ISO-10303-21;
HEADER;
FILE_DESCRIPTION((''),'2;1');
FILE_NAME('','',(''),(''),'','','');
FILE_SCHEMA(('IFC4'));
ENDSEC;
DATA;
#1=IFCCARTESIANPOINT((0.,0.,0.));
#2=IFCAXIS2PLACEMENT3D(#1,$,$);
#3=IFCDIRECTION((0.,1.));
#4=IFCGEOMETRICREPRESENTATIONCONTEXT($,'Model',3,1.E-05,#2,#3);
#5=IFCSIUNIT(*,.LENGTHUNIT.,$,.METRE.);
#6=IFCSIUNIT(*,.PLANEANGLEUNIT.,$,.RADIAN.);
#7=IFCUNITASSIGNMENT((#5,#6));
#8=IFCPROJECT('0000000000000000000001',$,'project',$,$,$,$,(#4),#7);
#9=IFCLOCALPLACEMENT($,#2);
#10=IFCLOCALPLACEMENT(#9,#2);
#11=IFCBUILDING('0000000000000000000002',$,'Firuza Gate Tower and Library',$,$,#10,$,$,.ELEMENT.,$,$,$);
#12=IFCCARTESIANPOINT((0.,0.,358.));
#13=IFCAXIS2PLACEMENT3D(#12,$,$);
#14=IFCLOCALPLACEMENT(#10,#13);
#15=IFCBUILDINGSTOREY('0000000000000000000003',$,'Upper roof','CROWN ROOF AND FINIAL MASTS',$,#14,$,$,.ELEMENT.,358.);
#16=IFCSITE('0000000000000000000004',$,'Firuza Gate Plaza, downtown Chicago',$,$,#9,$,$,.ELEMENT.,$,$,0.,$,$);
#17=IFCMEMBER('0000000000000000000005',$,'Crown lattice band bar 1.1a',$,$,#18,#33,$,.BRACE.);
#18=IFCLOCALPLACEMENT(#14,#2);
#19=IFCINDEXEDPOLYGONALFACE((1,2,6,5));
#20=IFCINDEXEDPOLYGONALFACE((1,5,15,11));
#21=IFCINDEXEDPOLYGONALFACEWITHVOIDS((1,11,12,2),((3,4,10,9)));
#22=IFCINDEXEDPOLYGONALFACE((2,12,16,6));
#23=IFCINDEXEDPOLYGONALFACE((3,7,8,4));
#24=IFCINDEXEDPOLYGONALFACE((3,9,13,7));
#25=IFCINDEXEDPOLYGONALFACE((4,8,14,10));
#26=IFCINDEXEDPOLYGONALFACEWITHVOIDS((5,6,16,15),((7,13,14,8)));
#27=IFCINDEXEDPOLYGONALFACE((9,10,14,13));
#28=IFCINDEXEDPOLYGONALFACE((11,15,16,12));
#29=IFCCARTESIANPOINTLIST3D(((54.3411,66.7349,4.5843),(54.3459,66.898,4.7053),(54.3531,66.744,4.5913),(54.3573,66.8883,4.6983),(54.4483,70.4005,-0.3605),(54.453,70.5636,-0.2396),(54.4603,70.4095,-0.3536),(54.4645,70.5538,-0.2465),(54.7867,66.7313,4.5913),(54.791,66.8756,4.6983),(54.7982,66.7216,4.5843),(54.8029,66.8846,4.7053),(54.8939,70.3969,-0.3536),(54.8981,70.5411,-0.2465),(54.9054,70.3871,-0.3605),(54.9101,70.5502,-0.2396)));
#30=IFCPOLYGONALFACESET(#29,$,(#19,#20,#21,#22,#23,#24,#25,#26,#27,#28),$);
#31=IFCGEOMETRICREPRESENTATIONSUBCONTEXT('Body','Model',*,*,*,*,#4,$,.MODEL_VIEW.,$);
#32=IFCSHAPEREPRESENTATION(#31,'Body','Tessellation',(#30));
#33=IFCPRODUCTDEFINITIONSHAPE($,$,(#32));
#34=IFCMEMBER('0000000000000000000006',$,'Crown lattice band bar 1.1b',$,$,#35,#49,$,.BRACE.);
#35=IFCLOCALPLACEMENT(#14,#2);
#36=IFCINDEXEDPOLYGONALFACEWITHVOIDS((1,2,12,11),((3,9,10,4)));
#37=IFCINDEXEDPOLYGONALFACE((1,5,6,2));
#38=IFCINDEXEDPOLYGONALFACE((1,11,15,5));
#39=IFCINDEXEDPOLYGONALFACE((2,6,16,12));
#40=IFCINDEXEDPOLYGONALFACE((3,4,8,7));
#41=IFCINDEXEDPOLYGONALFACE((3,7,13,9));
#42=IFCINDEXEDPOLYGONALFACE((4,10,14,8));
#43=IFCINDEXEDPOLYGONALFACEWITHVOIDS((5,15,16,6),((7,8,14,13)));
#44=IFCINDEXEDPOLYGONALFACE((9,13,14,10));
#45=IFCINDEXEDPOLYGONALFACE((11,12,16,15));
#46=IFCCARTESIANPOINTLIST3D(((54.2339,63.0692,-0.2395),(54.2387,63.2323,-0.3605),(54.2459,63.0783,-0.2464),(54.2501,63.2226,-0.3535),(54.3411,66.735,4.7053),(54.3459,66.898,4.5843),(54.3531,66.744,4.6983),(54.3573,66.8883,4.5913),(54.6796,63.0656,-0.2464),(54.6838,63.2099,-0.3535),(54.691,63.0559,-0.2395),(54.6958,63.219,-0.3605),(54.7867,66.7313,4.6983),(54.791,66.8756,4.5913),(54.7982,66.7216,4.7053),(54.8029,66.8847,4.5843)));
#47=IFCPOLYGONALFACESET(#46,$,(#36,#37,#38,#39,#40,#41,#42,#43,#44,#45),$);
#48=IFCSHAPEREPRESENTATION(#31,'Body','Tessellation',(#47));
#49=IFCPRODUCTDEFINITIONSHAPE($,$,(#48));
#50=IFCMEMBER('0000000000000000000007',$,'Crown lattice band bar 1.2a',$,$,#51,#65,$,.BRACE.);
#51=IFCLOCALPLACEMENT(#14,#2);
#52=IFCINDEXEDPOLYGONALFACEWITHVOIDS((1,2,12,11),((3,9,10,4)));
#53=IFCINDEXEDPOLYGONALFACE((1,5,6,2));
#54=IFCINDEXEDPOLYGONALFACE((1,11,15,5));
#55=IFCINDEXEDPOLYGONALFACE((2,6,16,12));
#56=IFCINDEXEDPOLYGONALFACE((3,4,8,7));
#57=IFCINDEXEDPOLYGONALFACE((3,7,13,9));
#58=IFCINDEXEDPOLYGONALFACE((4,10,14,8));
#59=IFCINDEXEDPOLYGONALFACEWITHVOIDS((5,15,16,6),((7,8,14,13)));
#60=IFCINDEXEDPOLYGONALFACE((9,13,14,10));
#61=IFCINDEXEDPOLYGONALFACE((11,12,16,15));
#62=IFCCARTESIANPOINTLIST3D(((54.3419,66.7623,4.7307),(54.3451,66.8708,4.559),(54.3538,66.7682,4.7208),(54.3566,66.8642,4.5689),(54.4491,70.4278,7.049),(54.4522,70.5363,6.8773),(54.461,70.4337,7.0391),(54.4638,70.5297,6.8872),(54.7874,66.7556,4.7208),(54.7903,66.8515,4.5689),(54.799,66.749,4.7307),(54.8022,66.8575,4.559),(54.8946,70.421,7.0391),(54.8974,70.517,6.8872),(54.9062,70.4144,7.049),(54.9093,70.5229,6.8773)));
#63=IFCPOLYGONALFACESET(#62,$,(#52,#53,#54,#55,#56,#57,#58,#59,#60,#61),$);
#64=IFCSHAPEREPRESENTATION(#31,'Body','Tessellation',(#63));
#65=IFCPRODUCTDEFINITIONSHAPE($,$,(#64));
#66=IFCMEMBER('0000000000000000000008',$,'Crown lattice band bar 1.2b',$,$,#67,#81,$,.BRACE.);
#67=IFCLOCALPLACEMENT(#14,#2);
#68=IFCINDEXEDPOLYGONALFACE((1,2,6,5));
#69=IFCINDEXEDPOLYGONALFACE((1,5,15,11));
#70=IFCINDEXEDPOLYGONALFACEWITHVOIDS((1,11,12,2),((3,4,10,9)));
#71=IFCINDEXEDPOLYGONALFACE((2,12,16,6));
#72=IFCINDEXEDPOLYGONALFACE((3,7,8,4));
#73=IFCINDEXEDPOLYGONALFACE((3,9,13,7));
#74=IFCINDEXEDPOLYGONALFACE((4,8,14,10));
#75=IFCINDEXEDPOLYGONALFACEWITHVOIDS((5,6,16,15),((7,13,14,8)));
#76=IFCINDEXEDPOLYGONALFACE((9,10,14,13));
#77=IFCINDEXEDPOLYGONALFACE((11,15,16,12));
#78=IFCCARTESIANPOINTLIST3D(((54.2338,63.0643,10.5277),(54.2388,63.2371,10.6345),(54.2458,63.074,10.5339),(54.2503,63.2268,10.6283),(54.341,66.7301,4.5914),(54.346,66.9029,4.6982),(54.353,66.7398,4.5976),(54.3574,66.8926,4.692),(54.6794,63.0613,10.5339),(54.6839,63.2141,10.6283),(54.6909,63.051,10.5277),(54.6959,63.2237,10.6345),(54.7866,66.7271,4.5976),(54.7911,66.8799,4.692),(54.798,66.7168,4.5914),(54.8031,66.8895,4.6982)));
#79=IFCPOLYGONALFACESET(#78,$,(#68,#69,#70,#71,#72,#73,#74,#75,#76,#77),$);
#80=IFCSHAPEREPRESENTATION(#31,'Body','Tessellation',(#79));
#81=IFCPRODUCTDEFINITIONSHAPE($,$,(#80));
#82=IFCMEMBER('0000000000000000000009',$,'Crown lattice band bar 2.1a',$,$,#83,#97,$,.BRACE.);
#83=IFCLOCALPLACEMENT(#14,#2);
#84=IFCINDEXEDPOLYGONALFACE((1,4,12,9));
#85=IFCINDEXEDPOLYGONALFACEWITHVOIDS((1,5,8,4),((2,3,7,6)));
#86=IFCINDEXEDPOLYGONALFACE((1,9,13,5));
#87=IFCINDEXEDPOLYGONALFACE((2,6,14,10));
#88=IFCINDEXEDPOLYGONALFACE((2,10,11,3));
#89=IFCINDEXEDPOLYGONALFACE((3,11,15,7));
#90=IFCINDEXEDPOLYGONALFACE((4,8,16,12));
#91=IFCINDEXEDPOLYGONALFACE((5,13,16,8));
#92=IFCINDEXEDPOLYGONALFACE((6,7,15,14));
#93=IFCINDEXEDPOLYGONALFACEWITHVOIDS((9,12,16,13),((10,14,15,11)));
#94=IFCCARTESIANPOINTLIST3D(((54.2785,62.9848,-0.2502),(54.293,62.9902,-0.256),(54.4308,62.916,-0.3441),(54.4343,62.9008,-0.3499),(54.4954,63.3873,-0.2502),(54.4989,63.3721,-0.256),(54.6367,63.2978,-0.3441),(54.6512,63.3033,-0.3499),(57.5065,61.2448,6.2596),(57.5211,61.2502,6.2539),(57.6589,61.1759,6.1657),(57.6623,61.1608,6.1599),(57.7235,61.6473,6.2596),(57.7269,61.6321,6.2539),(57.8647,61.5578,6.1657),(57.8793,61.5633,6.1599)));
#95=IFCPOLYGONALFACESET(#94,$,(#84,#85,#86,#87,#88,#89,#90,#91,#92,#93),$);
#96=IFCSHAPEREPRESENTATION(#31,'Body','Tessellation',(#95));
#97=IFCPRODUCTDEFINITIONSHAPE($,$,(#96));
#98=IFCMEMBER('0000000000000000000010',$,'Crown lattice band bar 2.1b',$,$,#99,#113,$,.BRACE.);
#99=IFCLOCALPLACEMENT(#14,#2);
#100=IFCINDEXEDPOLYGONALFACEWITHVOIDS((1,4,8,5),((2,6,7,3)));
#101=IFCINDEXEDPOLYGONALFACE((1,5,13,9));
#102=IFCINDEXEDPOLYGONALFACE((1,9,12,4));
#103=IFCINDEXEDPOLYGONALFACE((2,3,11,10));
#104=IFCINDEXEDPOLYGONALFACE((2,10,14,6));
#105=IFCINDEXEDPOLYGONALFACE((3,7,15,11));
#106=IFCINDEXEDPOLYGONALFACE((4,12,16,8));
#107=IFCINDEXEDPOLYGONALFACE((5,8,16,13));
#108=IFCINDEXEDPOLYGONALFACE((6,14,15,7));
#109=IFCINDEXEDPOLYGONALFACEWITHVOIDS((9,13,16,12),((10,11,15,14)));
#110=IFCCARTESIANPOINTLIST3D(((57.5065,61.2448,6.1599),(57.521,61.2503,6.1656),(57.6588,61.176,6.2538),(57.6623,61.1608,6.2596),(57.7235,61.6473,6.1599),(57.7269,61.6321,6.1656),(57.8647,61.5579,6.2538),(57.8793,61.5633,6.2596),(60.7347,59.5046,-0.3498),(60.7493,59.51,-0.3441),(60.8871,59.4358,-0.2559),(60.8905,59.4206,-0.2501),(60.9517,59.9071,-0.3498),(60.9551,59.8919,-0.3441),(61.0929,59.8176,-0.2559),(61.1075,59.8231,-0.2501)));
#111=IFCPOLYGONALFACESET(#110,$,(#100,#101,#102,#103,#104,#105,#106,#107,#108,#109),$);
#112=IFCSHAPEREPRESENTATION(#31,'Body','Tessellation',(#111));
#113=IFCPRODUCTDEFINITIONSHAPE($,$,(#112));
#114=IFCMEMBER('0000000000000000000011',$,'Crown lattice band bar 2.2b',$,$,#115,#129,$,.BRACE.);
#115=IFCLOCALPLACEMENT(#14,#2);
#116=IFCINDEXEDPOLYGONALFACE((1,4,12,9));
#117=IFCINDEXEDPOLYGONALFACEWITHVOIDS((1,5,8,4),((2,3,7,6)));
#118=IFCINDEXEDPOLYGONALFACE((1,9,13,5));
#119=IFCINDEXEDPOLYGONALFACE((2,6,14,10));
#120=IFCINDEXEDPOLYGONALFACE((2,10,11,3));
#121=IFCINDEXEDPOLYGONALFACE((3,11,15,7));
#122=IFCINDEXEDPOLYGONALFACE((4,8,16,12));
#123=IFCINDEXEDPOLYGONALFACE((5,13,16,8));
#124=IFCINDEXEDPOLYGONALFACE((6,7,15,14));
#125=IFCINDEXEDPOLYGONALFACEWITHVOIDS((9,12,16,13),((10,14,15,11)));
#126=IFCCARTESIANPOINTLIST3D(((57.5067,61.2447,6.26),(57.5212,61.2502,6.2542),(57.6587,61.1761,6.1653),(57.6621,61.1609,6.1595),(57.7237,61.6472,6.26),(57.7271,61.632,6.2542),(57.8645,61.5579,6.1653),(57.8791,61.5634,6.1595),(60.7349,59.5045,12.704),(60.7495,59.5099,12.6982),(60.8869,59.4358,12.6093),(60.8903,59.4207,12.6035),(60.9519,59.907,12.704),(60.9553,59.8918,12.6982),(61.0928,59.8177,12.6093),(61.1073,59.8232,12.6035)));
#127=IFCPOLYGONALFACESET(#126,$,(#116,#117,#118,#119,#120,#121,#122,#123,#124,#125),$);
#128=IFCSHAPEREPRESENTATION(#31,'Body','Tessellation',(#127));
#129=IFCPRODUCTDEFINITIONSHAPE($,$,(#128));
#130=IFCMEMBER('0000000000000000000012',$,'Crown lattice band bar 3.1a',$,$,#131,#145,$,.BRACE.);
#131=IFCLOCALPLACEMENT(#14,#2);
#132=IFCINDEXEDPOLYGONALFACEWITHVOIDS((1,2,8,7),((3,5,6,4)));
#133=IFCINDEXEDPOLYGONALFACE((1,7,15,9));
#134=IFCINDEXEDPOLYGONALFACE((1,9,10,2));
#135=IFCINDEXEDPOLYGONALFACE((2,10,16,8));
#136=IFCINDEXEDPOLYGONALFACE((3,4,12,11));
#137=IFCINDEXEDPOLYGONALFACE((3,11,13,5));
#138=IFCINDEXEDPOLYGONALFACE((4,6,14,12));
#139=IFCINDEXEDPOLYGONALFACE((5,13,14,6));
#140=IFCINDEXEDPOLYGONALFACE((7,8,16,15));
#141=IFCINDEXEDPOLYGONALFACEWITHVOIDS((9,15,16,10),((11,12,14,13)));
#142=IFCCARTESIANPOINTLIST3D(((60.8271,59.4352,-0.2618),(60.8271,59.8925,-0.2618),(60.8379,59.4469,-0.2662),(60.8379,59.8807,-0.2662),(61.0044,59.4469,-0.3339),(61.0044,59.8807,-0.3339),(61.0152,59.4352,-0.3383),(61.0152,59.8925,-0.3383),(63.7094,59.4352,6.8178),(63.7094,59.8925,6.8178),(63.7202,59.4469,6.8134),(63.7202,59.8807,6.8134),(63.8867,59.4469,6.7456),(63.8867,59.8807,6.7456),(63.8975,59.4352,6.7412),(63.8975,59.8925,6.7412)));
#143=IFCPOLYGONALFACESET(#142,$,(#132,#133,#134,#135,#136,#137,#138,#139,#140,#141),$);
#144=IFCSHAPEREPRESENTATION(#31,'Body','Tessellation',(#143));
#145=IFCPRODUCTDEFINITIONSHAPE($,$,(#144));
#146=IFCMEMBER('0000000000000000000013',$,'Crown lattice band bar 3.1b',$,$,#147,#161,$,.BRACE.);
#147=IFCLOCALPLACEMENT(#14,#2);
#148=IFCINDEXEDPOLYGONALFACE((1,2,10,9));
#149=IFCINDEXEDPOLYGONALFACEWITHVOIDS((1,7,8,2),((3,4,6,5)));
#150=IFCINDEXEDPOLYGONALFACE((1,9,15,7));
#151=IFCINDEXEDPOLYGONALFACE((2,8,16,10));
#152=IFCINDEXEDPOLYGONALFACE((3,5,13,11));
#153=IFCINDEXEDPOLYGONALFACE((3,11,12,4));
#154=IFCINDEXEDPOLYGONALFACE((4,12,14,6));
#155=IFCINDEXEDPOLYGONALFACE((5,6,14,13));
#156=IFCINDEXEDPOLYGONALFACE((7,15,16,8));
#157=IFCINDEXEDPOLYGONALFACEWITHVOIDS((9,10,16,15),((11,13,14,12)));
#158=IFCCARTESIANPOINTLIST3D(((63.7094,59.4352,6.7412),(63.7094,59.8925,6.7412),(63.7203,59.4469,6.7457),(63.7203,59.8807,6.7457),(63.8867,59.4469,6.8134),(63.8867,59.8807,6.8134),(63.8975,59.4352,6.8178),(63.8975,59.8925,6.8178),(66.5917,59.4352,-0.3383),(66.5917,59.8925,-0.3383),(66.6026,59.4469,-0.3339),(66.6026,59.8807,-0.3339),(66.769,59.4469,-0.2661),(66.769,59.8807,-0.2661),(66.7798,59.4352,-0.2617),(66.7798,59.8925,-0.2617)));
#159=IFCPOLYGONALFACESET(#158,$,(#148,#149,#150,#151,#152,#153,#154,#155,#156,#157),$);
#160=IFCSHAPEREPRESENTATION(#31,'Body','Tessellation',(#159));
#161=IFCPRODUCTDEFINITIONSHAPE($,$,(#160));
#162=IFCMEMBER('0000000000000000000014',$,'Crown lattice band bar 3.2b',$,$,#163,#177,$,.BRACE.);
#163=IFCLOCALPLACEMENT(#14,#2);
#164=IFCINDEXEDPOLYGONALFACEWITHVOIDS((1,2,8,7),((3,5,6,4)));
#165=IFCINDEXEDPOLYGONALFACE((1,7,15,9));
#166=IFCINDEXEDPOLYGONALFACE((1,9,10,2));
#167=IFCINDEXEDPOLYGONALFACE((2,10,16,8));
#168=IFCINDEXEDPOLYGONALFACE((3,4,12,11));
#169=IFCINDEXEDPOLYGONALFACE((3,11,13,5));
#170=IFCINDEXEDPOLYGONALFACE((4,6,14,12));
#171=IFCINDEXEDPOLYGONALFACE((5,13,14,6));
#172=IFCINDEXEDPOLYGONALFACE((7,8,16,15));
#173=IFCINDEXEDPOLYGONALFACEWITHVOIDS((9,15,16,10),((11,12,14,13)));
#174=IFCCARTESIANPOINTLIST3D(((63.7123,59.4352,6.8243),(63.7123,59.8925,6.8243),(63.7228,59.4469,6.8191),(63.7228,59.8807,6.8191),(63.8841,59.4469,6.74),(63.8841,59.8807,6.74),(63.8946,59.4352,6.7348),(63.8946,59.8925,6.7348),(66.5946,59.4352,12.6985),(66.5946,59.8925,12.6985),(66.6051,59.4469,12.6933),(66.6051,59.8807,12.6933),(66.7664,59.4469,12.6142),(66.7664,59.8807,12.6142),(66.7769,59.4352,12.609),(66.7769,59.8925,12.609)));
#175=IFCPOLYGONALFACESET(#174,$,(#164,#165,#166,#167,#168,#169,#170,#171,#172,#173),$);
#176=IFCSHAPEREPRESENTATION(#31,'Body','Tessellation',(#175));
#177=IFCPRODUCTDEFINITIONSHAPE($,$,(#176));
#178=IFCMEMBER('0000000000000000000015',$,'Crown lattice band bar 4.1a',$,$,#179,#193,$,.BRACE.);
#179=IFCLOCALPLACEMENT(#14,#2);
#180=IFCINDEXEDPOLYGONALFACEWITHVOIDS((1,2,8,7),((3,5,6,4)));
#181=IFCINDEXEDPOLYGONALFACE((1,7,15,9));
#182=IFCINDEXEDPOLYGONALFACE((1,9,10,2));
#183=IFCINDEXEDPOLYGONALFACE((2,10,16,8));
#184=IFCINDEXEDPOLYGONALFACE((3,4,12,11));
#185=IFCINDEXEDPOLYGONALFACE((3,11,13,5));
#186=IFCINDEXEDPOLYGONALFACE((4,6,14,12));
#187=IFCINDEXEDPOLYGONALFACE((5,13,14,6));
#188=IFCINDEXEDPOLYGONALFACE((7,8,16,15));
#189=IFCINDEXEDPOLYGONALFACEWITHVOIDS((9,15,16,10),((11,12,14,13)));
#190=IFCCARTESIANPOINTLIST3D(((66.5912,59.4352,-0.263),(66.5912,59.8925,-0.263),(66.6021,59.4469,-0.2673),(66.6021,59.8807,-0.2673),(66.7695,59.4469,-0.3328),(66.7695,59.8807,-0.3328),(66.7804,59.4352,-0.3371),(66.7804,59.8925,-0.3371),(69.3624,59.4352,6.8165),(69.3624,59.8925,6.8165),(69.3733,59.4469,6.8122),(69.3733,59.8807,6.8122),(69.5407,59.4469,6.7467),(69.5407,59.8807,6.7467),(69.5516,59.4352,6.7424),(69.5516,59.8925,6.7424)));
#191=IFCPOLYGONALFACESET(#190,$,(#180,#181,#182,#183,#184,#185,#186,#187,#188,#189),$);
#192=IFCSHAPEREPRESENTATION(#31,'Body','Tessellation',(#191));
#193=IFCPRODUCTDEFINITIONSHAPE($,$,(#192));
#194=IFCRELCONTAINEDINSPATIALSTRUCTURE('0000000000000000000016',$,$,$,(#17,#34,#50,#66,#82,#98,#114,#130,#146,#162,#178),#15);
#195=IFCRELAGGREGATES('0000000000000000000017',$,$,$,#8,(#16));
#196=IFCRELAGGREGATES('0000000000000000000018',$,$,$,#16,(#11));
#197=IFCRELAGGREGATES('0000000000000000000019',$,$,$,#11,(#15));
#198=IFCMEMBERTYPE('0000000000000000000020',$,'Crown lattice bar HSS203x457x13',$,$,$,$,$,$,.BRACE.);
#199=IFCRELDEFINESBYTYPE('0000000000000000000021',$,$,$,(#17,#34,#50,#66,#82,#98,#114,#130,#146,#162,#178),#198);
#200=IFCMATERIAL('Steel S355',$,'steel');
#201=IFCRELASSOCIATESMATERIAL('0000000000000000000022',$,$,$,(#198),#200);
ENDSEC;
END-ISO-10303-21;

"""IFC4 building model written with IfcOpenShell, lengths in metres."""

from ifc_helpers import new_model, si_unit, direction, frame, origin, origin_2d, place, context, subcontext, project, spatial, hollow_rectangle, extrude, material, material_profile, profile_set, type_object, element, save


model = new_model("IFC4")

# Units and contexts
model_context = context("Model", 3, precision=1e-05, world=origin(), true_north=direction((0.0, 1.0)))
body_context = subcontext(model_context, "Body", "Model", "MODEL_VIEW")
ifc_project = project(units=[si_unit("LENGTHUNIT", "METRE"), si_unit("PLANEANGLEUNIT", "RADIAN")], contexts=[model_context])

# Site, building, storey
site_placement = place(None, origin())
site = spatial("IfcSite", under=ifc_project, at=site_placement, Name="Firuza Gate Plaza, downtown Chicago", CompositionType="ELEMENT", RefElevation=0.0)
building_placement = place(site_placement, origin())
building = spatial("IfcBuilding", under=site, at=building_placement, Name="Firuza Gate Tower and Library", CompositionType="ELEMENT")
storey_placement = place(building_placement, frame((0.0, 0.0, 358.0)))
storey = spatial("IfcBuildingStorey", under=building, at=storey_placement, Name="Upper roof", Description="CROWN ROOF AND FINIAL MASTS", CompositionType="ELEMENT", Elevation=358.0)

# Members
ifc_material_1 = material(Name="Steel S355", Category="steel")
ifc_material_profile_1 = material_profile(ifc_material_1, hollow_rectangle(XDim=0.4573, YDim=0.2031, WallThickness=0.0117, at=origin_2d()))
ifc_profile_set_1 = profile_set([ifc_material_profile_1], Name="Steel S355")
member_type_1 = type_object("IfcMemberType", Name="Crown lattice bar HSS203x457x13", PredefinedType="BRACE", material=ifc_profile_set_1)
for number, where, z_axis, x_axis, name in (
    (1, (54.6792, 70.4753, -0.3), (-0.01741, -0.59542, 0.803226), (0.999573, -0.029227, 0.0), "Crown lattice band bar 1.1a"),
    (2, (54.572, 66.8098, 4.6448), (-0.017409, -0.595446, -0.803207), (0.999573, -0.029225, 0.0), "Crown lattice band bar 1.1b"),
):
    element("IfcMember", number, at=place(storey_placement, frame(where, z_axis=z_axis, x_axis=x_axis)), inside=storey, type_object=member_type_1, Name=name, PredefinedType="BRACE", context=body_context, shape_type="SweptSolid", body=[
        extrude(hollow_rectangle(XDim=0.4573, YDim=0.2031, WallThickness=0.0117, at=origin_2d()), origin(), (0.0, 0.0, 1.0), 6.1562),
    ])
member_1_placement = place(storey_placement, frame((54.6792, 70.4753, 6.9631), z_axis=(-0.024704, -0.844888, -0.534372), x_axis=(0.999573, -0.029227, 0.0)))
element("IfcMember", 3, at=member_1_placement, inside=storey, type_object=member_type_1, Name="Crown lattice band bar 1.2a", PredefinedType="BRACE", context=body_context, shape_type="SweptSolid", body=[
    extrude(hollow_rectangle(XDim=0.4573, YDim=0.2031, WallThickness=0.0117, at=origin_2d()), origin(), (0.0, 0.0, 1.0), 4.3384),
])
member_2_placement = place(storey_placement, frame((54.572, 66.8098, 4.6448), z_axis=(-0.01536, -0.525353, 0.850746), x_axis=(0.999573, -0.029225, 0.0)))
element("IfcMember", 4, at=member_2_placement, inside=storey, type_object=member_type_1, Name="Crown lattice band bar 1.2b", PredefinedType="BRACE", context=body_context, shape_type="SweptSolid", body=[
    extrude(hollow_rectangle(XDim=0.4573, YDim=0.2031, WallThickness=0.0117, at=origin_2d()), origin(), (0.0, 0.0, 1.0), 6.9778),
])
for number, where, z_axis, x_axis, name in (
    (5, (54.4648, 63.144, -0.3), (0.43204, -0.232881, 0.871268), (0.474485, 0.880264, 0.0), "Crown lattice band bar 2.1a"),
    (6, (57.6929, 61.4041, 6.2097), (0.432063, -0.232908, -0.871249), (0.474509, 0.880251, 0.0), "Crown lattice band bar 2.1b"),
):
    element("IfcMember", number, at=place(storey_placement, frame(where, z_axis=z_axis, x_axis=x_axis)), inside=storey, type_object=member_type_1, Name=name, PredefinedType="BRACE", context=body_context, shape_type="SweptSolid", body=[
        extrude(hollow_rectangle(XDim=0.4573, YDim=0.2031, WallThickness=0.0117, at=origin_2d()), origin(), (0.0, 0.0, 1.0), 7.4717),
    ])
member_3_placement = place(storey_placement, frame((57.6929, 61.4041, 6.2097), z_axis=(0.435393, -0.234703, 0.869107), x_axis=(0.474509, 0.880251, 0.0)))
element("IfcMember", 7, at=member_3_placement, inside=storey, type_object=member_type_1, Name="Crown lattice band bar 2.2b", PredefinedType="BRACE", context=body_context, shape_type="SweptSolid", body=[
    extrude(hollow_rectangle(XDim=0.4573, YDim=0.2031, WallThickness=0.0117, at=origin_2d()), origin(), (0.0, 0.0, 1.0), 7.4146),
])
for number, where, z_axis, x_axis, name in (
    (8, (60.9211, 59.6638, -0.3), (0.377078, 0.0, 0.926182), (0.0, 1.0, 0.0), "Crown lattice band bar 3.1a"),
    (9, (63.8035, 59.6638, 6.7795), (0.377078, 0.0, -0.926182), (0.0, 1.0, 0.0), "Crown lattice band bar 3.1b"),
):
    element("IfcMember", number, at=place(storey_placement, frame(where, z_axis=z_axis, x_axis=x_axis)), inside=storey, type_object=member_type_1, Name=name, PredefinedType="BRACE", context=body_context, shape_type="SweptSolid", body=[
        extrude(hollow_rectangle(XDim=0.4573, YDim=0.2031, WallThickness=0.0117, at=origin_2d()), origin(), (0.0, 0.0, 1.0), 7.6438),
    ])
member_4_placement = place(storey_placement, frame((63.8035, 59.6638, 6.7795), z_axis=(0.4405, 0.0, 0.897753), x_axis=(0.0, 1.0, 0.0)))
element("IfcMember", 10, at=member_4_placement, inside=storey, type_object=member_type_1, Name="Crown lattice band bar 3.2b", PredefinedType="BRACE", context=body_context, shape_type="SweptSolid", body=[
    extrude(hollow_rectangle(XDim=0.4573, YDim=0.2031, WallThickness=0.0117, at=origin_2d()), origin(), (0.0, 0.0, 1.0), 6.5432),
])
member_5_placement = place(storey_placement, frame((66.6858, 59.6638, -0.3), z_axis=(0.36451, 0.0, 0.9312), x_axis=(0.0, 1.0, 0.0)))
element("IfcMember", 11, at=member_5_placement, inside=storey, type_object=member_type_1, Name="Crown lattice band bar 4.1a", PredefinedType="BRACE", context=body_context, shape_type="SweptSolid", body=[
    extrude(hollow_rectangle(XDim=0.4573, YDim=0.2031, WallThickness=0.0117, at=origin_2d()), origin(), (0.0, 0.0, 1.0), 7.6025),
])

save(model, "model.ifc")
